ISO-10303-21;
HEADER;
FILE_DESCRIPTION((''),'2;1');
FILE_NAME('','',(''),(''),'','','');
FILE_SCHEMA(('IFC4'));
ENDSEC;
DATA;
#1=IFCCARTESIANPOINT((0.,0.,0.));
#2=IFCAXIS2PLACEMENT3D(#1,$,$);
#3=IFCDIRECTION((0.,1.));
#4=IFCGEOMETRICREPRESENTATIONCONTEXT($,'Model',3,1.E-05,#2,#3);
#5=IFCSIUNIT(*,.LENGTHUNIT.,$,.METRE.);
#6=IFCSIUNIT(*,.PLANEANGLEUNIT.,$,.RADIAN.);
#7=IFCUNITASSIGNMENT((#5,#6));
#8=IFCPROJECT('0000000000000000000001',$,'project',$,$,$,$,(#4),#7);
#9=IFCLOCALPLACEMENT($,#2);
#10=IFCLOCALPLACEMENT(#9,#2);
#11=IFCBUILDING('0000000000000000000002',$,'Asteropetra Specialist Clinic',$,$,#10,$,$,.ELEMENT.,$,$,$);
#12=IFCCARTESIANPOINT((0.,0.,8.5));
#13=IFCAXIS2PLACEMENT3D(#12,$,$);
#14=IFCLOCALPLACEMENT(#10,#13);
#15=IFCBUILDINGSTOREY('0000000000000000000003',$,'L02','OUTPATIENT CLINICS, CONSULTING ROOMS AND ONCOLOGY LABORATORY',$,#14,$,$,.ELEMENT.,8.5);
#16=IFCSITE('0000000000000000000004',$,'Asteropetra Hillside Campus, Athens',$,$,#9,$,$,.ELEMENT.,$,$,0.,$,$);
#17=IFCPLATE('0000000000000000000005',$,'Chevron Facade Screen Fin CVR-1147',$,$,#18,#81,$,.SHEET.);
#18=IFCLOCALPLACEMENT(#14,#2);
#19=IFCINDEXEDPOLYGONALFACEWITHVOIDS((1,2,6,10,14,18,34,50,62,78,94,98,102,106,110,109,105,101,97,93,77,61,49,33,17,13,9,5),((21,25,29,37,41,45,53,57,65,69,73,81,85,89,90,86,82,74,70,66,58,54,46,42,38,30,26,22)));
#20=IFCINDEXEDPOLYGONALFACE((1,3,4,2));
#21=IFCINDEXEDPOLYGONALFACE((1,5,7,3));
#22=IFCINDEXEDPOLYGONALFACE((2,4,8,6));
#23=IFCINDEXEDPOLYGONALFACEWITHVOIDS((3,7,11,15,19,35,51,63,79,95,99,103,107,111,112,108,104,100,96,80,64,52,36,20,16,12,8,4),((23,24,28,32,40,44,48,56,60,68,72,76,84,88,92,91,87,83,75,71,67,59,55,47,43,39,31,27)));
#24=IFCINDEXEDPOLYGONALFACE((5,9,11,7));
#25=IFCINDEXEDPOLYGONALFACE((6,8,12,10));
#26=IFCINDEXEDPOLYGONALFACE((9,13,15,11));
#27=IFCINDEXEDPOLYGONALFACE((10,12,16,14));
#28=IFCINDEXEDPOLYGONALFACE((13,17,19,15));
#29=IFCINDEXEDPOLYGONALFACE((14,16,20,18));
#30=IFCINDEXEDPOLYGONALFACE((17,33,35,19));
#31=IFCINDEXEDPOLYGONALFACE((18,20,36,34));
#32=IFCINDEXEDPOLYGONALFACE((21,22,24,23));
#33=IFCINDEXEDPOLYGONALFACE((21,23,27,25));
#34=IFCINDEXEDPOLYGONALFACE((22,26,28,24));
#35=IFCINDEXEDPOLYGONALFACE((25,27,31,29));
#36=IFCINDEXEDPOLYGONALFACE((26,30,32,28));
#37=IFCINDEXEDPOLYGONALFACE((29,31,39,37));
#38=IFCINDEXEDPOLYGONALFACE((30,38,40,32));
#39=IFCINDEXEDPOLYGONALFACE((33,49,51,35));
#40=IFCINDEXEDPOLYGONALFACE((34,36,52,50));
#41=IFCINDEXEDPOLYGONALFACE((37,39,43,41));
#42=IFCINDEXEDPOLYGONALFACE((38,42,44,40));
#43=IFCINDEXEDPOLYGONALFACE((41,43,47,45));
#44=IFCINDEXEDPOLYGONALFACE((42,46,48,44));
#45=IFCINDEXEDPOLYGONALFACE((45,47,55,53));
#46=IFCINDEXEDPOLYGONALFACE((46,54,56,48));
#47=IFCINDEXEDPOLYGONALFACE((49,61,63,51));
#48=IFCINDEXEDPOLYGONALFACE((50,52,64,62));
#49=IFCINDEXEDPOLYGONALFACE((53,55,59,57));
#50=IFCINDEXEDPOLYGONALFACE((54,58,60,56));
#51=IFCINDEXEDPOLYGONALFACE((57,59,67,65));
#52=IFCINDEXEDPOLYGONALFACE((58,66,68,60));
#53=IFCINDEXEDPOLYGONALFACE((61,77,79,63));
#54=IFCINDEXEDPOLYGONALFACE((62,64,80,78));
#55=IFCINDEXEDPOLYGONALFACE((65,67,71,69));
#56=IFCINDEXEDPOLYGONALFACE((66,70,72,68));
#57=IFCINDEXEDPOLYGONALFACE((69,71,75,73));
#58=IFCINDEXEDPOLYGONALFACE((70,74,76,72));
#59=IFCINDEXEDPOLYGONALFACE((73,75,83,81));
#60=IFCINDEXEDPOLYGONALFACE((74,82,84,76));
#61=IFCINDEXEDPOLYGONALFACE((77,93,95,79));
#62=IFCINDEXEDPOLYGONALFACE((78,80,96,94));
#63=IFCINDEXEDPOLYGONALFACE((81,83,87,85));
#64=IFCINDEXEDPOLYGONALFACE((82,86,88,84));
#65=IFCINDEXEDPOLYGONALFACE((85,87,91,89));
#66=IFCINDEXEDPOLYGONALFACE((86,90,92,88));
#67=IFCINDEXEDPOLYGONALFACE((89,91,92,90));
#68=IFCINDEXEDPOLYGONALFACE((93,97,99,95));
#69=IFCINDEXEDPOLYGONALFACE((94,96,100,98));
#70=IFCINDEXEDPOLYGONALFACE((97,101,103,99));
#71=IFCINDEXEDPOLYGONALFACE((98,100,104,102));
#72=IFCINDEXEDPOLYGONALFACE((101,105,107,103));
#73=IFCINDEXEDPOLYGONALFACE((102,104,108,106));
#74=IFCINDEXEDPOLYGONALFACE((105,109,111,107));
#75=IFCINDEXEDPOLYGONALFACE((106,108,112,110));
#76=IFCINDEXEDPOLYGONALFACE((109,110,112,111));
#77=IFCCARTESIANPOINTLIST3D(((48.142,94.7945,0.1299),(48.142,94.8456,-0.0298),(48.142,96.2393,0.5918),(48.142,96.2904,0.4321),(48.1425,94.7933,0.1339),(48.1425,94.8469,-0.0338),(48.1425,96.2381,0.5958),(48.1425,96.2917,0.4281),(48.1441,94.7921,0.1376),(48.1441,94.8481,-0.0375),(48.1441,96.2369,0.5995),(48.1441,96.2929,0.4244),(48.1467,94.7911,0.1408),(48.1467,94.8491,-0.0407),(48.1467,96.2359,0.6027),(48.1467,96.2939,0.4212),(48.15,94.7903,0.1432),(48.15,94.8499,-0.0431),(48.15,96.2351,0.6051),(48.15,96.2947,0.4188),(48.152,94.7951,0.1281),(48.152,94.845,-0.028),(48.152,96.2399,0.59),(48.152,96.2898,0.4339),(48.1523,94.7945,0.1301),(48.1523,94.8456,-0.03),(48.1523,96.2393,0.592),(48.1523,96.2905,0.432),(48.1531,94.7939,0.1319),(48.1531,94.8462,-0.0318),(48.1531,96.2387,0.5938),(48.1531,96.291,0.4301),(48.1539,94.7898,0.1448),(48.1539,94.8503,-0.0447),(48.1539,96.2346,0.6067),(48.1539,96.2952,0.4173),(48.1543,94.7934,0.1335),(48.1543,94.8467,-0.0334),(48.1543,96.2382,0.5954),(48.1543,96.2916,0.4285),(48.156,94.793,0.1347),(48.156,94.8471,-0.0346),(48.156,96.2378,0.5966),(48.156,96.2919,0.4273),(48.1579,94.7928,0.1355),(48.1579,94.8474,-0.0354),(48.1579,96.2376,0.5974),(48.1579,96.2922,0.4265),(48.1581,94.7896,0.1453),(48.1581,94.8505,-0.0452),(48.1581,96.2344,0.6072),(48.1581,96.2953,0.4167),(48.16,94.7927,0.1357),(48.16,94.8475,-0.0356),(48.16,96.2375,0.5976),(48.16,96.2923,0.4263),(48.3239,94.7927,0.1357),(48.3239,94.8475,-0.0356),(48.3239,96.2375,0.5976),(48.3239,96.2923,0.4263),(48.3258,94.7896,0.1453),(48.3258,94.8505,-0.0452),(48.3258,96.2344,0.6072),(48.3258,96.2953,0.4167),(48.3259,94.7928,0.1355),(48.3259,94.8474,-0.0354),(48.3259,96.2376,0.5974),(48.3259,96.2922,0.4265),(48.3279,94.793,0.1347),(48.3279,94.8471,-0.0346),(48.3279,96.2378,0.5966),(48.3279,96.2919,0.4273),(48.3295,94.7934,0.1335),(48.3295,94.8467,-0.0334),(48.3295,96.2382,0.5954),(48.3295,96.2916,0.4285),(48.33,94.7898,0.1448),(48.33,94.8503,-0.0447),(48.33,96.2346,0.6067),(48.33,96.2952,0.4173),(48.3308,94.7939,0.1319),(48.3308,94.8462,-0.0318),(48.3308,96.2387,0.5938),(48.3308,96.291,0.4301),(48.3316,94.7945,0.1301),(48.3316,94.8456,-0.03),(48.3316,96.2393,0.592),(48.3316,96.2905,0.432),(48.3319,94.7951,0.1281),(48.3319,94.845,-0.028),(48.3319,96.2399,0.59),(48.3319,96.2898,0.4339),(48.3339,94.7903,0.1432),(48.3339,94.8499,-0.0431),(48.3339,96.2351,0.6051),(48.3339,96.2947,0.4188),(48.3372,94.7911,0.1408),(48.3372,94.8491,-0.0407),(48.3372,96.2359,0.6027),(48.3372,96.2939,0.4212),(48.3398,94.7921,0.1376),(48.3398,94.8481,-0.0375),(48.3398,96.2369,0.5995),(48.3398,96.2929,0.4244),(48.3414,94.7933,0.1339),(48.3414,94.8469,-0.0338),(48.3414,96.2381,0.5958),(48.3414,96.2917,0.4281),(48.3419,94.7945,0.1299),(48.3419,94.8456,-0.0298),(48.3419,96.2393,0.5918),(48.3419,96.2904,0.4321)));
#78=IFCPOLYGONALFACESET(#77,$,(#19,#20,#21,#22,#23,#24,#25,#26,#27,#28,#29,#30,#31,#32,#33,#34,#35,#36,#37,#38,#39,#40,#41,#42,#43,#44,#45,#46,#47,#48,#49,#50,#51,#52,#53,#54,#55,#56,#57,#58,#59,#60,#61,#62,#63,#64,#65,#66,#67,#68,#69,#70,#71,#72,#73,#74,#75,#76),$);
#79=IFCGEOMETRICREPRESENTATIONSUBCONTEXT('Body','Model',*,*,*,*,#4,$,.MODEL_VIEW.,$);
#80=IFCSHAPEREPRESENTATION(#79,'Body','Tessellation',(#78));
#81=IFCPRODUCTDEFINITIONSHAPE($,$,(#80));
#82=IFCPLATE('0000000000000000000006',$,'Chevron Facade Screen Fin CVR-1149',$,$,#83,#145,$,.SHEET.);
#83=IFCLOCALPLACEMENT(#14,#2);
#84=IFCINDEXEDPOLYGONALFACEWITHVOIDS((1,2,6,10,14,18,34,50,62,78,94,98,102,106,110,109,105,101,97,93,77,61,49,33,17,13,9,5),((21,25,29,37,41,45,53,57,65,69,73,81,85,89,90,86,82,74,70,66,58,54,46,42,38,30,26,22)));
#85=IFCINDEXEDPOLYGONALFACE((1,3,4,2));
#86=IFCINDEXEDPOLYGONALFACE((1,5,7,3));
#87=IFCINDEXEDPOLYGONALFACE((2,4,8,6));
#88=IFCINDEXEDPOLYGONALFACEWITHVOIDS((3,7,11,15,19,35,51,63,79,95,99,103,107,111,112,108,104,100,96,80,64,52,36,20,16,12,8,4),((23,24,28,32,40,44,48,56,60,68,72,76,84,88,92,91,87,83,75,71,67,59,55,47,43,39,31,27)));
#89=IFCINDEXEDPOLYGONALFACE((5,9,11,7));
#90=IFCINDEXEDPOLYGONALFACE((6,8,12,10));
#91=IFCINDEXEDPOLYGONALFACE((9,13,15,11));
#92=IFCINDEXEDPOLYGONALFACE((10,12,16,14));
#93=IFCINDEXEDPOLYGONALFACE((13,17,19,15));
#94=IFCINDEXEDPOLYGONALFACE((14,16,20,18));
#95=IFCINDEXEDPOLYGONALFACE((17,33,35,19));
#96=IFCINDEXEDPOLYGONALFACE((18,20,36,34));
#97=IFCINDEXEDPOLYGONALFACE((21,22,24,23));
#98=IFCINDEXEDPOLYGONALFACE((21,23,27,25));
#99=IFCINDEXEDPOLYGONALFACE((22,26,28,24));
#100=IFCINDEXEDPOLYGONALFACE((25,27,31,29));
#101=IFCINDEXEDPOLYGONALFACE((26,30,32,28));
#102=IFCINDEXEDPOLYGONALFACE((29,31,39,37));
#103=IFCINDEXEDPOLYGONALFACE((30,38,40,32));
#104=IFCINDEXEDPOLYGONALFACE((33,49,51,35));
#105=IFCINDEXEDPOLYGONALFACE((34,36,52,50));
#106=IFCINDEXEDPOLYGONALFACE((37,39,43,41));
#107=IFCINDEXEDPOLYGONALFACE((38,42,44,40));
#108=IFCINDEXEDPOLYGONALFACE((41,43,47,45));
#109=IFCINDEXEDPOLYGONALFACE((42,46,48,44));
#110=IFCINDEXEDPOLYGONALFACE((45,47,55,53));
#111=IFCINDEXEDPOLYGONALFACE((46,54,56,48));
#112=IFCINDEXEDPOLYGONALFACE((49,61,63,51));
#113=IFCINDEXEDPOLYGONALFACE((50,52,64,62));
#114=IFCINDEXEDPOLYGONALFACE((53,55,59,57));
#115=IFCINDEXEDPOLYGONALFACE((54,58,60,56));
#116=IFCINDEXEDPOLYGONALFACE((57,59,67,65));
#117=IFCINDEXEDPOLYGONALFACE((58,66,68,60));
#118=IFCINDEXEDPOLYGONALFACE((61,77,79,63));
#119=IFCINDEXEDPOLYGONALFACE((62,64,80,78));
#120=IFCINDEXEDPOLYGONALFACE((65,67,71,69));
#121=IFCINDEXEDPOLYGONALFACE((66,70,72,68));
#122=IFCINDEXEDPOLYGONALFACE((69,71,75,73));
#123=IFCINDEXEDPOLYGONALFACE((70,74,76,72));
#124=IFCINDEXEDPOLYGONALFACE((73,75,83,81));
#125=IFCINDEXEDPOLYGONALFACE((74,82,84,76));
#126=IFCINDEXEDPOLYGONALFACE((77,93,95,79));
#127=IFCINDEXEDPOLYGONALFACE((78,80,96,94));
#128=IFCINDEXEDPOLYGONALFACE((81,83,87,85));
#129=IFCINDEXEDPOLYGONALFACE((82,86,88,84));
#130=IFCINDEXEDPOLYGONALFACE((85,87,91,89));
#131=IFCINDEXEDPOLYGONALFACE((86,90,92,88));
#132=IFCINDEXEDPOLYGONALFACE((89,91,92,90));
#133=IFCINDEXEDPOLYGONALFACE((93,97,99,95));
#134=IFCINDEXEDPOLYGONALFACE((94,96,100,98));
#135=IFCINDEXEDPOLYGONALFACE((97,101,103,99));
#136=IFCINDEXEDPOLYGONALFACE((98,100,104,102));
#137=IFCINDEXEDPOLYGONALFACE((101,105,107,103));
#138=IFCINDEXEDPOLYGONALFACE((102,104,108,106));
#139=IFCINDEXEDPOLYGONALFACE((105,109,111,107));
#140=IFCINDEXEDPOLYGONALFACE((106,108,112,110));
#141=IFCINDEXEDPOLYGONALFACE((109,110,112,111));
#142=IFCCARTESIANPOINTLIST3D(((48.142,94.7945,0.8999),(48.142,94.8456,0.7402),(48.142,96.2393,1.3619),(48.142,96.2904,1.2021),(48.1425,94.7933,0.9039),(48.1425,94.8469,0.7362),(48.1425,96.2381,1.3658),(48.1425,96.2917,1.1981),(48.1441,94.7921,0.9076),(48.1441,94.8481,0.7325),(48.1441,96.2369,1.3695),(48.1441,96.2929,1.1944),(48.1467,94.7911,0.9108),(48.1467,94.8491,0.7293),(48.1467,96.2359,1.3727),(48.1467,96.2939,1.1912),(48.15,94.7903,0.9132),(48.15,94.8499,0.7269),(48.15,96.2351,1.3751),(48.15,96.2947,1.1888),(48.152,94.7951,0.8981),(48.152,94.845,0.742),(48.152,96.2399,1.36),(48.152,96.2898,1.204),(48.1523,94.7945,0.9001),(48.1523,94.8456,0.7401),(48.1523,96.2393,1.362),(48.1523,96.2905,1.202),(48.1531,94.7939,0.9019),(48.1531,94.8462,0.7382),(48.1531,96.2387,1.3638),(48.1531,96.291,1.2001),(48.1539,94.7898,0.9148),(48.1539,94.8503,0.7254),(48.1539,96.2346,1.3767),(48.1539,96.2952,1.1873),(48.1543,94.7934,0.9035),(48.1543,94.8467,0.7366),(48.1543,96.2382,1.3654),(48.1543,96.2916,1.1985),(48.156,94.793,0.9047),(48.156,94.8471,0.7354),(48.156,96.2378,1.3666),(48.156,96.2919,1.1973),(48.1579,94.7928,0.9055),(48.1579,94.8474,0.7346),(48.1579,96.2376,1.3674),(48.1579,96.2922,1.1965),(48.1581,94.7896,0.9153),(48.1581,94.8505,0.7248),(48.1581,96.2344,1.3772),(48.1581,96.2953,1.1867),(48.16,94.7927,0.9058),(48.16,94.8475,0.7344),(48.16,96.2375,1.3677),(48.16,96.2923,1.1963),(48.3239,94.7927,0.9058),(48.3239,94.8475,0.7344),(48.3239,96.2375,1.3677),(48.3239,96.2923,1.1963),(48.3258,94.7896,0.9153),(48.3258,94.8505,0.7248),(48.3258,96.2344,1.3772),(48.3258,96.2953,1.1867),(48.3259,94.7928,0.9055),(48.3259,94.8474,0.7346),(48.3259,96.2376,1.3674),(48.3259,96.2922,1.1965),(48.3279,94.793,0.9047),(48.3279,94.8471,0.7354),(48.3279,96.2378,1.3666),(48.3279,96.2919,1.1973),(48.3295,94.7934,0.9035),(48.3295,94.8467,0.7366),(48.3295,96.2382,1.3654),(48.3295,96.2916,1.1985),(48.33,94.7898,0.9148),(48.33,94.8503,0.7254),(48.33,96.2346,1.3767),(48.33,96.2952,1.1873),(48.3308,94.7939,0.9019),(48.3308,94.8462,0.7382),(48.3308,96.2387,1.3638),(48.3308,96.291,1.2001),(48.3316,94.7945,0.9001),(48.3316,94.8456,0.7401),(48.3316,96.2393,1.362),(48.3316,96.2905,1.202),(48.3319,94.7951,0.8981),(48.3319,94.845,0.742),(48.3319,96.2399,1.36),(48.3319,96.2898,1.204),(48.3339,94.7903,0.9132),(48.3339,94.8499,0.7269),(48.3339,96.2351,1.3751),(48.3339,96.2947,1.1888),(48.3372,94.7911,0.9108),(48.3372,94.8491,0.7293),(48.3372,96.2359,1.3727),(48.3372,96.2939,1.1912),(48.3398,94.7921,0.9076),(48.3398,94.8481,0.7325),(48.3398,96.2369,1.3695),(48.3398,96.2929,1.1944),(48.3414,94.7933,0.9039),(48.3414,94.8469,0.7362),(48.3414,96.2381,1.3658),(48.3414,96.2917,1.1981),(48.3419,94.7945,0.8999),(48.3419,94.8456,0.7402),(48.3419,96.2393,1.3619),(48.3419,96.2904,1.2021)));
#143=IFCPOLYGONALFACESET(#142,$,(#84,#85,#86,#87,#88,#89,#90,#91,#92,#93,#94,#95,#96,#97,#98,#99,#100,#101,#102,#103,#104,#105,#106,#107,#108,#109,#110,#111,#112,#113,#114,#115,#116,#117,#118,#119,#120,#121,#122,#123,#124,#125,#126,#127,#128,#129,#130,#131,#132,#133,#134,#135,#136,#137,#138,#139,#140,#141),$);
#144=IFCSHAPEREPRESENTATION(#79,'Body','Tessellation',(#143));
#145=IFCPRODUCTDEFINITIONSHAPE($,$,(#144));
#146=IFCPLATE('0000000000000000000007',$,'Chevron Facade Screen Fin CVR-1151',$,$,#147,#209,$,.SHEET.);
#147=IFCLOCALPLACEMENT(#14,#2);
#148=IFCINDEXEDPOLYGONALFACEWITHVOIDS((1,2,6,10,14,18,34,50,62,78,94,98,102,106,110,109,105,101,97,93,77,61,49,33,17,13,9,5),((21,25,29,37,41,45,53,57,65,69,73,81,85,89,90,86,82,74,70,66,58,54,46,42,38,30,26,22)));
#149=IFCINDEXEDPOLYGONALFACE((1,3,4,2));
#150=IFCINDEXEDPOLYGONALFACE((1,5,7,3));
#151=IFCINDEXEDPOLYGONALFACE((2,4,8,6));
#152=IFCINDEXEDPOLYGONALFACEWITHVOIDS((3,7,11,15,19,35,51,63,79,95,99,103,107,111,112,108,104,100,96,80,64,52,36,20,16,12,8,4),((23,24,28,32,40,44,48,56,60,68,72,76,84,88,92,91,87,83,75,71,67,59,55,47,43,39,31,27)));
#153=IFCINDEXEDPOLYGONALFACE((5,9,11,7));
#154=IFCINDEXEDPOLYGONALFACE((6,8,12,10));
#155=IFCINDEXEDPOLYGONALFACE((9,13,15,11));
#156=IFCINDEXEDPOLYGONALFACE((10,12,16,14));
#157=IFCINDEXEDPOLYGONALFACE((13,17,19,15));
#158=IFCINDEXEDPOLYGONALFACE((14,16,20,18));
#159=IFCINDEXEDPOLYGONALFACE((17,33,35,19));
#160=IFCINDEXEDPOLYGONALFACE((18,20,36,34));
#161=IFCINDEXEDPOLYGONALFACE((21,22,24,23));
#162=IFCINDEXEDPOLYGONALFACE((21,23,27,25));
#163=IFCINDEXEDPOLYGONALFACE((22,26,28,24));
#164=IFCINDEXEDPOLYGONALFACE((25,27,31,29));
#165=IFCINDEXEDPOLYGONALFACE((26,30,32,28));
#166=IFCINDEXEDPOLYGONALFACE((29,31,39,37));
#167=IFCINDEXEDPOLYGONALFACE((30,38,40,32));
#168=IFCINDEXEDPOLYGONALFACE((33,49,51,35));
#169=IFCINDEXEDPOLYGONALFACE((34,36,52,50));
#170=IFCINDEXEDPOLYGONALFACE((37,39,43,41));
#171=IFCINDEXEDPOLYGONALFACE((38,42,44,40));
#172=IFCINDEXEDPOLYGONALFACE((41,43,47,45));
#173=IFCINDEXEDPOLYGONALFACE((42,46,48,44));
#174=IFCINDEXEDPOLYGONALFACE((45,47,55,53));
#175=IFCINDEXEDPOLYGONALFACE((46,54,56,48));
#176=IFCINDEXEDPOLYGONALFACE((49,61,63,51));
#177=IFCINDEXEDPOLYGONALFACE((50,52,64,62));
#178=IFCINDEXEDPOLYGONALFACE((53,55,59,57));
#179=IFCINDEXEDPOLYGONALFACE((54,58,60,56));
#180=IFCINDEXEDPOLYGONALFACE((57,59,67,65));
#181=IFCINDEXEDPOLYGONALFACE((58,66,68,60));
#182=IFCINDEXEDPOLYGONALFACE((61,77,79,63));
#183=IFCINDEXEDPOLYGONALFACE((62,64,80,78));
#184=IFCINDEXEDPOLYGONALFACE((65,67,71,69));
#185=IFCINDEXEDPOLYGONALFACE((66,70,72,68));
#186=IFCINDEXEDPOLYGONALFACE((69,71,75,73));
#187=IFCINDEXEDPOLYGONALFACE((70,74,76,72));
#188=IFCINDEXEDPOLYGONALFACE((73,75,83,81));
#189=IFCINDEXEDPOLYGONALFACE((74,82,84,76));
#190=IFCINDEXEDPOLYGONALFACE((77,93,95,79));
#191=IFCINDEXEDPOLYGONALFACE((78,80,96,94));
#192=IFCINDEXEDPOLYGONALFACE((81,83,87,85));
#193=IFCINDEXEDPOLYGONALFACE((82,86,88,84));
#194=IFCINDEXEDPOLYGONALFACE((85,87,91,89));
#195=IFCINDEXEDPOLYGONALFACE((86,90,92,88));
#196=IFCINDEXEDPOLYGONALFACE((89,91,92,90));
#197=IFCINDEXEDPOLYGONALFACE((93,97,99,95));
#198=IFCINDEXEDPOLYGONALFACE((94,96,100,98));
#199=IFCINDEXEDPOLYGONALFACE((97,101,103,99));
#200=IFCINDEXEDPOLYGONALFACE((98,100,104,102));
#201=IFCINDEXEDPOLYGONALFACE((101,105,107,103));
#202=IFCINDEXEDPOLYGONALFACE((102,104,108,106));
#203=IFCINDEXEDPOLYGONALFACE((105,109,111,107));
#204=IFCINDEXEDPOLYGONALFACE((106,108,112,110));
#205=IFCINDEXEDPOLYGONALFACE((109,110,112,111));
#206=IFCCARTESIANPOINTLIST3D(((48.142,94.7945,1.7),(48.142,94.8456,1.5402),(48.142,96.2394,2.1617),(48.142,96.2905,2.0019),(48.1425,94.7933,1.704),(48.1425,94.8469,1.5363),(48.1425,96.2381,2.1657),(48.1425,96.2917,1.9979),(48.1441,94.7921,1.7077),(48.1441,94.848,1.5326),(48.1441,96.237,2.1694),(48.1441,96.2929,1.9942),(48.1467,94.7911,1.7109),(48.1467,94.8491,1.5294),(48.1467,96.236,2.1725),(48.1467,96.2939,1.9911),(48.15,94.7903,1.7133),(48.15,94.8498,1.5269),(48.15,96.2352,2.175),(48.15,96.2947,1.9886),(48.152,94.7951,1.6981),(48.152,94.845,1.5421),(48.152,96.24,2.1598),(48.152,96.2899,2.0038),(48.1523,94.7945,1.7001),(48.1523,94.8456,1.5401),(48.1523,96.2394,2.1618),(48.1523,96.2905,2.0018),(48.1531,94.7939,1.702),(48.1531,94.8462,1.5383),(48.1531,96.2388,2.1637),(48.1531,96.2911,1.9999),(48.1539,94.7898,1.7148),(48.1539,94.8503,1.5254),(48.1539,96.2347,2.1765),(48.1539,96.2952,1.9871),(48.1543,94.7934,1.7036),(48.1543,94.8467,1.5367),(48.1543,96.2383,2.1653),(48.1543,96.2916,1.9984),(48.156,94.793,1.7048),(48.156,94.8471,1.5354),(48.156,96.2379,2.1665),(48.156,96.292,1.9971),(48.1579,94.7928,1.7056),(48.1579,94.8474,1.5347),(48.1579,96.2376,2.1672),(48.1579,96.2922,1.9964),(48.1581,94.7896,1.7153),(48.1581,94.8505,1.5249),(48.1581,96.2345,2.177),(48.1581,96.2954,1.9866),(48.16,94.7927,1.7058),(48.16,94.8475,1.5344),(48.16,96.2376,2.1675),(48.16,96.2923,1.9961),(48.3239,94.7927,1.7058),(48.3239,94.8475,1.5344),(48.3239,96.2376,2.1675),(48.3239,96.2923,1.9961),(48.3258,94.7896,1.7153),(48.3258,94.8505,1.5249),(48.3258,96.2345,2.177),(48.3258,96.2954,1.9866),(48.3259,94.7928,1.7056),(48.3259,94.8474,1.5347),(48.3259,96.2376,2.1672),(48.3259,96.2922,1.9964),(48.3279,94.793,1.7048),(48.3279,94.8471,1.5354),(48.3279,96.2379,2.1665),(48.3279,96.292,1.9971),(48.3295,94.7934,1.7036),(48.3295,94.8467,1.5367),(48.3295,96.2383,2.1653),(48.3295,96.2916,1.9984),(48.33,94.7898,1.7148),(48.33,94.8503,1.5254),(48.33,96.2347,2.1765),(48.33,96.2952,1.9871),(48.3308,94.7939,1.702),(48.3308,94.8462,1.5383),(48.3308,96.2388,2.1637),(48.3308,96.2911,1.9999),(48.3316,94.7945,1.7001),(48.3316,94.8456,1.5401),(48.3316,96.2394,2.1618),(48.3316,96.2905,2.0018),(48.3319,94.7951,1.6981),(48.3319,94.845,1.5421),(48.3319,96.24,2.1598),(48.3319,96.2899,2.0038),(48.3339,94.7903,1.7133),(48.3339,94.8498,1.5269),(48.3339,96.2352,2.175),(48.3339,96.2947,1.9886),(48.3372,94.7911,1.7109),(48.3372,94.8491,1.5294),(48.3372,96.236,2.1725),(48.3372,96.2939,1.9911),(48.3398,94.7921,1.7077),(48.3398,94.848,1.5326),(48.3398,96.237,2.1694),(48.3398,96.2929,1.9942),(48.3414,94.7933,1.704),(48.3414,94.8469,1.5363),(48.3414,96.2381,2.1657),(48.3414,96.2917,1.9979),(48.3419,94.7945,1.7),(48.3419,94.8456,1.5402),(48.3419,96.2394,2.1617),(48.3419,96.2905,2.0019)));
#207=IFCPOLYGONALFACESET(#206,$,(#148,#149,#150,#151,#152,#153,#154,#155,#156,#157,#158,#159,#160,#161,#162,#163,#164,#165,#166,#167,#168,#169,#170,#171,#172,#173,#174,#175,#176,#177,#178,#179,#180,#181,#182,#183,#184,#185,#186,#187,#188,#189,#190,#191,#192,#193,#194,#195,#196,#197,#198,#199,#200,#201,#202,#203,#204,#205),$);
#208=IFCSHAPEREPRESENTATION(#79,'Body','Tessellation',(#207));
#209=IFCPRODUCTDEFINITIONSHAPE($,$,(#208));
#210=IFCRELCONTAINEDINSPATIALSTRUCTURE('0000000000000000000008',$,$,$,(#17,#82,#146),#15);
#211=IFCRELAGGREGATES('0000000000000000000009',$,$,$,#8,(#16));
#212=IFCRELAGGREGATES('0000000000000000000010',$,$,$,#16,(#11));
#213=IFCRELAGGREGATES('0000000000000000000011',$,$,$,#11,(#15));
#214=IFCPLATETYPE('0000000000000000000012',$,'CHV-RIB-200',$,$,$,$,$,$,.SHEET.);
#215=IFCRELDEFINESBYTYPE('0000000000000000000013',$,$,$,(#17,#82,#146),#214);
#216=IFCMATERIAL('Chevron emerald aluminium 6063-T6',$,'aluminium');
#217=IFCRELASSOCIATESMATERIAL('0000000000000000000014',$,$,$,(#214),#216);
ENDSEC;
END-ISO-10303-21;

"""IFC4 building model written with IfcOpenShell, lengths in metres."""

from ifc_helpers import new_model, si_unit, direction, frame, origin, origin_2d, place, context, subcontext, project, spatial, hollow_rectangle, extrude, material, material_profile, profile_set, type_object, element, save


model = new_model("IFC4")

# Units and contexts
model_context = context("Model", 3, precision=1e-05, world=origin(), true_north=direction((0.0, 1.0)))
body_context = subcontext(model_context, "Body", "Model", "MODEL_VIEW")
ifc_project = project(units=[si_unit("LENGTHUNIT", "METRE"), si_unit("PLANEANGLEUNIT", "RADIAN")], contexts=[model_context])

# Site, building, storey
site_placement = place(None, origin())
site = spatial("IfcSite", under=ifc_project, at=site_placement, Name="Asteropetra Hillside Campus, Athens", CompositionType="ELEMENT", RefElevation=0.0)
building_placement = place(site_placement, origin())
building = spatial("IfcBuilding", under=site, at=building_placement, Name="Asteropetra Specialist Clinic", CompositionType="ELEMENT")
storey_placement = place(building_placement, frame((0.0, 0.0, 8.5)))
storey = spatial("IfcBuildingStorey", under=building, at=storey_placement, Name="L02", Description="OUTPATIENT CLINICS, CONSULTING ROOMS AND ONCOLOGY LABORATORY", CompositionType="ELEMENT", Elevation=8.5)

# Plates
ifc_material_1 = material(Name="Chevron emerald aluminium 6063-T6", Category="aluminium")
ifc_material_profile_1 = material_profile(ifc_material_1, hollow_rectangle(XDim=0.2, YDim=0.2, WallThickness=0.01, InnerFilletRadius=0.0081, OuterFilletRadius=0.0161, at=origin_2d()), Name="SHS 200x200x10.0")
ifc_profile_set_1 = profile_set([ifc_material_profile_1], Name="Chevron emerald aluminium 6063-T6")
plate_type_1 = type_object("IfcPlateType", Name="CHV-RIB-200", PredefinedType="SHEET", material=ifc_profile_set_1)
for number, where, z_axis, x_axis, name in (
    (1, (48.2419, 94.8201, 0.05), (0.0, 0.952506, 0.304519), (-1.0, 0.0, 0.0), "Chevron Facade Screen Fin CVR-1147"),
    (2, (48.2419, 94.8201, 0.8201), (0.0, 0.952506, 0.304519), (-1.0, 0.0, 0.0), "Chevron Facade Screen Fin CVR-1149"),
    (3, (48.2419, 94.8201, 1.6201), (0.0, 0.952553, 0.304373), (-1.0, 0.0, 0.0), "Chevron Facade Screen Fin CVR-1151"),
):
    element("IfcPlate", number, at=place(storey_placement, frame(where, z_axis=z_axis, x_axis=x_axis)), inside=storey, type_object=plate_type_1, Name=name, PredefinedType="SHEET", context=body_context, shape_type="SweptSolid", body=[
        extrude(hollow_rectangle(XDim=0.2, YDim=0.2, WallThickness=0.01, InnerFilletRadius=0.0081, OuterFilletRadius=0.0161, at=origin_2d()), origin(), (0.0, 0.0, 1.0), 1.5168),
    ])

save(model, "model.ifc")
